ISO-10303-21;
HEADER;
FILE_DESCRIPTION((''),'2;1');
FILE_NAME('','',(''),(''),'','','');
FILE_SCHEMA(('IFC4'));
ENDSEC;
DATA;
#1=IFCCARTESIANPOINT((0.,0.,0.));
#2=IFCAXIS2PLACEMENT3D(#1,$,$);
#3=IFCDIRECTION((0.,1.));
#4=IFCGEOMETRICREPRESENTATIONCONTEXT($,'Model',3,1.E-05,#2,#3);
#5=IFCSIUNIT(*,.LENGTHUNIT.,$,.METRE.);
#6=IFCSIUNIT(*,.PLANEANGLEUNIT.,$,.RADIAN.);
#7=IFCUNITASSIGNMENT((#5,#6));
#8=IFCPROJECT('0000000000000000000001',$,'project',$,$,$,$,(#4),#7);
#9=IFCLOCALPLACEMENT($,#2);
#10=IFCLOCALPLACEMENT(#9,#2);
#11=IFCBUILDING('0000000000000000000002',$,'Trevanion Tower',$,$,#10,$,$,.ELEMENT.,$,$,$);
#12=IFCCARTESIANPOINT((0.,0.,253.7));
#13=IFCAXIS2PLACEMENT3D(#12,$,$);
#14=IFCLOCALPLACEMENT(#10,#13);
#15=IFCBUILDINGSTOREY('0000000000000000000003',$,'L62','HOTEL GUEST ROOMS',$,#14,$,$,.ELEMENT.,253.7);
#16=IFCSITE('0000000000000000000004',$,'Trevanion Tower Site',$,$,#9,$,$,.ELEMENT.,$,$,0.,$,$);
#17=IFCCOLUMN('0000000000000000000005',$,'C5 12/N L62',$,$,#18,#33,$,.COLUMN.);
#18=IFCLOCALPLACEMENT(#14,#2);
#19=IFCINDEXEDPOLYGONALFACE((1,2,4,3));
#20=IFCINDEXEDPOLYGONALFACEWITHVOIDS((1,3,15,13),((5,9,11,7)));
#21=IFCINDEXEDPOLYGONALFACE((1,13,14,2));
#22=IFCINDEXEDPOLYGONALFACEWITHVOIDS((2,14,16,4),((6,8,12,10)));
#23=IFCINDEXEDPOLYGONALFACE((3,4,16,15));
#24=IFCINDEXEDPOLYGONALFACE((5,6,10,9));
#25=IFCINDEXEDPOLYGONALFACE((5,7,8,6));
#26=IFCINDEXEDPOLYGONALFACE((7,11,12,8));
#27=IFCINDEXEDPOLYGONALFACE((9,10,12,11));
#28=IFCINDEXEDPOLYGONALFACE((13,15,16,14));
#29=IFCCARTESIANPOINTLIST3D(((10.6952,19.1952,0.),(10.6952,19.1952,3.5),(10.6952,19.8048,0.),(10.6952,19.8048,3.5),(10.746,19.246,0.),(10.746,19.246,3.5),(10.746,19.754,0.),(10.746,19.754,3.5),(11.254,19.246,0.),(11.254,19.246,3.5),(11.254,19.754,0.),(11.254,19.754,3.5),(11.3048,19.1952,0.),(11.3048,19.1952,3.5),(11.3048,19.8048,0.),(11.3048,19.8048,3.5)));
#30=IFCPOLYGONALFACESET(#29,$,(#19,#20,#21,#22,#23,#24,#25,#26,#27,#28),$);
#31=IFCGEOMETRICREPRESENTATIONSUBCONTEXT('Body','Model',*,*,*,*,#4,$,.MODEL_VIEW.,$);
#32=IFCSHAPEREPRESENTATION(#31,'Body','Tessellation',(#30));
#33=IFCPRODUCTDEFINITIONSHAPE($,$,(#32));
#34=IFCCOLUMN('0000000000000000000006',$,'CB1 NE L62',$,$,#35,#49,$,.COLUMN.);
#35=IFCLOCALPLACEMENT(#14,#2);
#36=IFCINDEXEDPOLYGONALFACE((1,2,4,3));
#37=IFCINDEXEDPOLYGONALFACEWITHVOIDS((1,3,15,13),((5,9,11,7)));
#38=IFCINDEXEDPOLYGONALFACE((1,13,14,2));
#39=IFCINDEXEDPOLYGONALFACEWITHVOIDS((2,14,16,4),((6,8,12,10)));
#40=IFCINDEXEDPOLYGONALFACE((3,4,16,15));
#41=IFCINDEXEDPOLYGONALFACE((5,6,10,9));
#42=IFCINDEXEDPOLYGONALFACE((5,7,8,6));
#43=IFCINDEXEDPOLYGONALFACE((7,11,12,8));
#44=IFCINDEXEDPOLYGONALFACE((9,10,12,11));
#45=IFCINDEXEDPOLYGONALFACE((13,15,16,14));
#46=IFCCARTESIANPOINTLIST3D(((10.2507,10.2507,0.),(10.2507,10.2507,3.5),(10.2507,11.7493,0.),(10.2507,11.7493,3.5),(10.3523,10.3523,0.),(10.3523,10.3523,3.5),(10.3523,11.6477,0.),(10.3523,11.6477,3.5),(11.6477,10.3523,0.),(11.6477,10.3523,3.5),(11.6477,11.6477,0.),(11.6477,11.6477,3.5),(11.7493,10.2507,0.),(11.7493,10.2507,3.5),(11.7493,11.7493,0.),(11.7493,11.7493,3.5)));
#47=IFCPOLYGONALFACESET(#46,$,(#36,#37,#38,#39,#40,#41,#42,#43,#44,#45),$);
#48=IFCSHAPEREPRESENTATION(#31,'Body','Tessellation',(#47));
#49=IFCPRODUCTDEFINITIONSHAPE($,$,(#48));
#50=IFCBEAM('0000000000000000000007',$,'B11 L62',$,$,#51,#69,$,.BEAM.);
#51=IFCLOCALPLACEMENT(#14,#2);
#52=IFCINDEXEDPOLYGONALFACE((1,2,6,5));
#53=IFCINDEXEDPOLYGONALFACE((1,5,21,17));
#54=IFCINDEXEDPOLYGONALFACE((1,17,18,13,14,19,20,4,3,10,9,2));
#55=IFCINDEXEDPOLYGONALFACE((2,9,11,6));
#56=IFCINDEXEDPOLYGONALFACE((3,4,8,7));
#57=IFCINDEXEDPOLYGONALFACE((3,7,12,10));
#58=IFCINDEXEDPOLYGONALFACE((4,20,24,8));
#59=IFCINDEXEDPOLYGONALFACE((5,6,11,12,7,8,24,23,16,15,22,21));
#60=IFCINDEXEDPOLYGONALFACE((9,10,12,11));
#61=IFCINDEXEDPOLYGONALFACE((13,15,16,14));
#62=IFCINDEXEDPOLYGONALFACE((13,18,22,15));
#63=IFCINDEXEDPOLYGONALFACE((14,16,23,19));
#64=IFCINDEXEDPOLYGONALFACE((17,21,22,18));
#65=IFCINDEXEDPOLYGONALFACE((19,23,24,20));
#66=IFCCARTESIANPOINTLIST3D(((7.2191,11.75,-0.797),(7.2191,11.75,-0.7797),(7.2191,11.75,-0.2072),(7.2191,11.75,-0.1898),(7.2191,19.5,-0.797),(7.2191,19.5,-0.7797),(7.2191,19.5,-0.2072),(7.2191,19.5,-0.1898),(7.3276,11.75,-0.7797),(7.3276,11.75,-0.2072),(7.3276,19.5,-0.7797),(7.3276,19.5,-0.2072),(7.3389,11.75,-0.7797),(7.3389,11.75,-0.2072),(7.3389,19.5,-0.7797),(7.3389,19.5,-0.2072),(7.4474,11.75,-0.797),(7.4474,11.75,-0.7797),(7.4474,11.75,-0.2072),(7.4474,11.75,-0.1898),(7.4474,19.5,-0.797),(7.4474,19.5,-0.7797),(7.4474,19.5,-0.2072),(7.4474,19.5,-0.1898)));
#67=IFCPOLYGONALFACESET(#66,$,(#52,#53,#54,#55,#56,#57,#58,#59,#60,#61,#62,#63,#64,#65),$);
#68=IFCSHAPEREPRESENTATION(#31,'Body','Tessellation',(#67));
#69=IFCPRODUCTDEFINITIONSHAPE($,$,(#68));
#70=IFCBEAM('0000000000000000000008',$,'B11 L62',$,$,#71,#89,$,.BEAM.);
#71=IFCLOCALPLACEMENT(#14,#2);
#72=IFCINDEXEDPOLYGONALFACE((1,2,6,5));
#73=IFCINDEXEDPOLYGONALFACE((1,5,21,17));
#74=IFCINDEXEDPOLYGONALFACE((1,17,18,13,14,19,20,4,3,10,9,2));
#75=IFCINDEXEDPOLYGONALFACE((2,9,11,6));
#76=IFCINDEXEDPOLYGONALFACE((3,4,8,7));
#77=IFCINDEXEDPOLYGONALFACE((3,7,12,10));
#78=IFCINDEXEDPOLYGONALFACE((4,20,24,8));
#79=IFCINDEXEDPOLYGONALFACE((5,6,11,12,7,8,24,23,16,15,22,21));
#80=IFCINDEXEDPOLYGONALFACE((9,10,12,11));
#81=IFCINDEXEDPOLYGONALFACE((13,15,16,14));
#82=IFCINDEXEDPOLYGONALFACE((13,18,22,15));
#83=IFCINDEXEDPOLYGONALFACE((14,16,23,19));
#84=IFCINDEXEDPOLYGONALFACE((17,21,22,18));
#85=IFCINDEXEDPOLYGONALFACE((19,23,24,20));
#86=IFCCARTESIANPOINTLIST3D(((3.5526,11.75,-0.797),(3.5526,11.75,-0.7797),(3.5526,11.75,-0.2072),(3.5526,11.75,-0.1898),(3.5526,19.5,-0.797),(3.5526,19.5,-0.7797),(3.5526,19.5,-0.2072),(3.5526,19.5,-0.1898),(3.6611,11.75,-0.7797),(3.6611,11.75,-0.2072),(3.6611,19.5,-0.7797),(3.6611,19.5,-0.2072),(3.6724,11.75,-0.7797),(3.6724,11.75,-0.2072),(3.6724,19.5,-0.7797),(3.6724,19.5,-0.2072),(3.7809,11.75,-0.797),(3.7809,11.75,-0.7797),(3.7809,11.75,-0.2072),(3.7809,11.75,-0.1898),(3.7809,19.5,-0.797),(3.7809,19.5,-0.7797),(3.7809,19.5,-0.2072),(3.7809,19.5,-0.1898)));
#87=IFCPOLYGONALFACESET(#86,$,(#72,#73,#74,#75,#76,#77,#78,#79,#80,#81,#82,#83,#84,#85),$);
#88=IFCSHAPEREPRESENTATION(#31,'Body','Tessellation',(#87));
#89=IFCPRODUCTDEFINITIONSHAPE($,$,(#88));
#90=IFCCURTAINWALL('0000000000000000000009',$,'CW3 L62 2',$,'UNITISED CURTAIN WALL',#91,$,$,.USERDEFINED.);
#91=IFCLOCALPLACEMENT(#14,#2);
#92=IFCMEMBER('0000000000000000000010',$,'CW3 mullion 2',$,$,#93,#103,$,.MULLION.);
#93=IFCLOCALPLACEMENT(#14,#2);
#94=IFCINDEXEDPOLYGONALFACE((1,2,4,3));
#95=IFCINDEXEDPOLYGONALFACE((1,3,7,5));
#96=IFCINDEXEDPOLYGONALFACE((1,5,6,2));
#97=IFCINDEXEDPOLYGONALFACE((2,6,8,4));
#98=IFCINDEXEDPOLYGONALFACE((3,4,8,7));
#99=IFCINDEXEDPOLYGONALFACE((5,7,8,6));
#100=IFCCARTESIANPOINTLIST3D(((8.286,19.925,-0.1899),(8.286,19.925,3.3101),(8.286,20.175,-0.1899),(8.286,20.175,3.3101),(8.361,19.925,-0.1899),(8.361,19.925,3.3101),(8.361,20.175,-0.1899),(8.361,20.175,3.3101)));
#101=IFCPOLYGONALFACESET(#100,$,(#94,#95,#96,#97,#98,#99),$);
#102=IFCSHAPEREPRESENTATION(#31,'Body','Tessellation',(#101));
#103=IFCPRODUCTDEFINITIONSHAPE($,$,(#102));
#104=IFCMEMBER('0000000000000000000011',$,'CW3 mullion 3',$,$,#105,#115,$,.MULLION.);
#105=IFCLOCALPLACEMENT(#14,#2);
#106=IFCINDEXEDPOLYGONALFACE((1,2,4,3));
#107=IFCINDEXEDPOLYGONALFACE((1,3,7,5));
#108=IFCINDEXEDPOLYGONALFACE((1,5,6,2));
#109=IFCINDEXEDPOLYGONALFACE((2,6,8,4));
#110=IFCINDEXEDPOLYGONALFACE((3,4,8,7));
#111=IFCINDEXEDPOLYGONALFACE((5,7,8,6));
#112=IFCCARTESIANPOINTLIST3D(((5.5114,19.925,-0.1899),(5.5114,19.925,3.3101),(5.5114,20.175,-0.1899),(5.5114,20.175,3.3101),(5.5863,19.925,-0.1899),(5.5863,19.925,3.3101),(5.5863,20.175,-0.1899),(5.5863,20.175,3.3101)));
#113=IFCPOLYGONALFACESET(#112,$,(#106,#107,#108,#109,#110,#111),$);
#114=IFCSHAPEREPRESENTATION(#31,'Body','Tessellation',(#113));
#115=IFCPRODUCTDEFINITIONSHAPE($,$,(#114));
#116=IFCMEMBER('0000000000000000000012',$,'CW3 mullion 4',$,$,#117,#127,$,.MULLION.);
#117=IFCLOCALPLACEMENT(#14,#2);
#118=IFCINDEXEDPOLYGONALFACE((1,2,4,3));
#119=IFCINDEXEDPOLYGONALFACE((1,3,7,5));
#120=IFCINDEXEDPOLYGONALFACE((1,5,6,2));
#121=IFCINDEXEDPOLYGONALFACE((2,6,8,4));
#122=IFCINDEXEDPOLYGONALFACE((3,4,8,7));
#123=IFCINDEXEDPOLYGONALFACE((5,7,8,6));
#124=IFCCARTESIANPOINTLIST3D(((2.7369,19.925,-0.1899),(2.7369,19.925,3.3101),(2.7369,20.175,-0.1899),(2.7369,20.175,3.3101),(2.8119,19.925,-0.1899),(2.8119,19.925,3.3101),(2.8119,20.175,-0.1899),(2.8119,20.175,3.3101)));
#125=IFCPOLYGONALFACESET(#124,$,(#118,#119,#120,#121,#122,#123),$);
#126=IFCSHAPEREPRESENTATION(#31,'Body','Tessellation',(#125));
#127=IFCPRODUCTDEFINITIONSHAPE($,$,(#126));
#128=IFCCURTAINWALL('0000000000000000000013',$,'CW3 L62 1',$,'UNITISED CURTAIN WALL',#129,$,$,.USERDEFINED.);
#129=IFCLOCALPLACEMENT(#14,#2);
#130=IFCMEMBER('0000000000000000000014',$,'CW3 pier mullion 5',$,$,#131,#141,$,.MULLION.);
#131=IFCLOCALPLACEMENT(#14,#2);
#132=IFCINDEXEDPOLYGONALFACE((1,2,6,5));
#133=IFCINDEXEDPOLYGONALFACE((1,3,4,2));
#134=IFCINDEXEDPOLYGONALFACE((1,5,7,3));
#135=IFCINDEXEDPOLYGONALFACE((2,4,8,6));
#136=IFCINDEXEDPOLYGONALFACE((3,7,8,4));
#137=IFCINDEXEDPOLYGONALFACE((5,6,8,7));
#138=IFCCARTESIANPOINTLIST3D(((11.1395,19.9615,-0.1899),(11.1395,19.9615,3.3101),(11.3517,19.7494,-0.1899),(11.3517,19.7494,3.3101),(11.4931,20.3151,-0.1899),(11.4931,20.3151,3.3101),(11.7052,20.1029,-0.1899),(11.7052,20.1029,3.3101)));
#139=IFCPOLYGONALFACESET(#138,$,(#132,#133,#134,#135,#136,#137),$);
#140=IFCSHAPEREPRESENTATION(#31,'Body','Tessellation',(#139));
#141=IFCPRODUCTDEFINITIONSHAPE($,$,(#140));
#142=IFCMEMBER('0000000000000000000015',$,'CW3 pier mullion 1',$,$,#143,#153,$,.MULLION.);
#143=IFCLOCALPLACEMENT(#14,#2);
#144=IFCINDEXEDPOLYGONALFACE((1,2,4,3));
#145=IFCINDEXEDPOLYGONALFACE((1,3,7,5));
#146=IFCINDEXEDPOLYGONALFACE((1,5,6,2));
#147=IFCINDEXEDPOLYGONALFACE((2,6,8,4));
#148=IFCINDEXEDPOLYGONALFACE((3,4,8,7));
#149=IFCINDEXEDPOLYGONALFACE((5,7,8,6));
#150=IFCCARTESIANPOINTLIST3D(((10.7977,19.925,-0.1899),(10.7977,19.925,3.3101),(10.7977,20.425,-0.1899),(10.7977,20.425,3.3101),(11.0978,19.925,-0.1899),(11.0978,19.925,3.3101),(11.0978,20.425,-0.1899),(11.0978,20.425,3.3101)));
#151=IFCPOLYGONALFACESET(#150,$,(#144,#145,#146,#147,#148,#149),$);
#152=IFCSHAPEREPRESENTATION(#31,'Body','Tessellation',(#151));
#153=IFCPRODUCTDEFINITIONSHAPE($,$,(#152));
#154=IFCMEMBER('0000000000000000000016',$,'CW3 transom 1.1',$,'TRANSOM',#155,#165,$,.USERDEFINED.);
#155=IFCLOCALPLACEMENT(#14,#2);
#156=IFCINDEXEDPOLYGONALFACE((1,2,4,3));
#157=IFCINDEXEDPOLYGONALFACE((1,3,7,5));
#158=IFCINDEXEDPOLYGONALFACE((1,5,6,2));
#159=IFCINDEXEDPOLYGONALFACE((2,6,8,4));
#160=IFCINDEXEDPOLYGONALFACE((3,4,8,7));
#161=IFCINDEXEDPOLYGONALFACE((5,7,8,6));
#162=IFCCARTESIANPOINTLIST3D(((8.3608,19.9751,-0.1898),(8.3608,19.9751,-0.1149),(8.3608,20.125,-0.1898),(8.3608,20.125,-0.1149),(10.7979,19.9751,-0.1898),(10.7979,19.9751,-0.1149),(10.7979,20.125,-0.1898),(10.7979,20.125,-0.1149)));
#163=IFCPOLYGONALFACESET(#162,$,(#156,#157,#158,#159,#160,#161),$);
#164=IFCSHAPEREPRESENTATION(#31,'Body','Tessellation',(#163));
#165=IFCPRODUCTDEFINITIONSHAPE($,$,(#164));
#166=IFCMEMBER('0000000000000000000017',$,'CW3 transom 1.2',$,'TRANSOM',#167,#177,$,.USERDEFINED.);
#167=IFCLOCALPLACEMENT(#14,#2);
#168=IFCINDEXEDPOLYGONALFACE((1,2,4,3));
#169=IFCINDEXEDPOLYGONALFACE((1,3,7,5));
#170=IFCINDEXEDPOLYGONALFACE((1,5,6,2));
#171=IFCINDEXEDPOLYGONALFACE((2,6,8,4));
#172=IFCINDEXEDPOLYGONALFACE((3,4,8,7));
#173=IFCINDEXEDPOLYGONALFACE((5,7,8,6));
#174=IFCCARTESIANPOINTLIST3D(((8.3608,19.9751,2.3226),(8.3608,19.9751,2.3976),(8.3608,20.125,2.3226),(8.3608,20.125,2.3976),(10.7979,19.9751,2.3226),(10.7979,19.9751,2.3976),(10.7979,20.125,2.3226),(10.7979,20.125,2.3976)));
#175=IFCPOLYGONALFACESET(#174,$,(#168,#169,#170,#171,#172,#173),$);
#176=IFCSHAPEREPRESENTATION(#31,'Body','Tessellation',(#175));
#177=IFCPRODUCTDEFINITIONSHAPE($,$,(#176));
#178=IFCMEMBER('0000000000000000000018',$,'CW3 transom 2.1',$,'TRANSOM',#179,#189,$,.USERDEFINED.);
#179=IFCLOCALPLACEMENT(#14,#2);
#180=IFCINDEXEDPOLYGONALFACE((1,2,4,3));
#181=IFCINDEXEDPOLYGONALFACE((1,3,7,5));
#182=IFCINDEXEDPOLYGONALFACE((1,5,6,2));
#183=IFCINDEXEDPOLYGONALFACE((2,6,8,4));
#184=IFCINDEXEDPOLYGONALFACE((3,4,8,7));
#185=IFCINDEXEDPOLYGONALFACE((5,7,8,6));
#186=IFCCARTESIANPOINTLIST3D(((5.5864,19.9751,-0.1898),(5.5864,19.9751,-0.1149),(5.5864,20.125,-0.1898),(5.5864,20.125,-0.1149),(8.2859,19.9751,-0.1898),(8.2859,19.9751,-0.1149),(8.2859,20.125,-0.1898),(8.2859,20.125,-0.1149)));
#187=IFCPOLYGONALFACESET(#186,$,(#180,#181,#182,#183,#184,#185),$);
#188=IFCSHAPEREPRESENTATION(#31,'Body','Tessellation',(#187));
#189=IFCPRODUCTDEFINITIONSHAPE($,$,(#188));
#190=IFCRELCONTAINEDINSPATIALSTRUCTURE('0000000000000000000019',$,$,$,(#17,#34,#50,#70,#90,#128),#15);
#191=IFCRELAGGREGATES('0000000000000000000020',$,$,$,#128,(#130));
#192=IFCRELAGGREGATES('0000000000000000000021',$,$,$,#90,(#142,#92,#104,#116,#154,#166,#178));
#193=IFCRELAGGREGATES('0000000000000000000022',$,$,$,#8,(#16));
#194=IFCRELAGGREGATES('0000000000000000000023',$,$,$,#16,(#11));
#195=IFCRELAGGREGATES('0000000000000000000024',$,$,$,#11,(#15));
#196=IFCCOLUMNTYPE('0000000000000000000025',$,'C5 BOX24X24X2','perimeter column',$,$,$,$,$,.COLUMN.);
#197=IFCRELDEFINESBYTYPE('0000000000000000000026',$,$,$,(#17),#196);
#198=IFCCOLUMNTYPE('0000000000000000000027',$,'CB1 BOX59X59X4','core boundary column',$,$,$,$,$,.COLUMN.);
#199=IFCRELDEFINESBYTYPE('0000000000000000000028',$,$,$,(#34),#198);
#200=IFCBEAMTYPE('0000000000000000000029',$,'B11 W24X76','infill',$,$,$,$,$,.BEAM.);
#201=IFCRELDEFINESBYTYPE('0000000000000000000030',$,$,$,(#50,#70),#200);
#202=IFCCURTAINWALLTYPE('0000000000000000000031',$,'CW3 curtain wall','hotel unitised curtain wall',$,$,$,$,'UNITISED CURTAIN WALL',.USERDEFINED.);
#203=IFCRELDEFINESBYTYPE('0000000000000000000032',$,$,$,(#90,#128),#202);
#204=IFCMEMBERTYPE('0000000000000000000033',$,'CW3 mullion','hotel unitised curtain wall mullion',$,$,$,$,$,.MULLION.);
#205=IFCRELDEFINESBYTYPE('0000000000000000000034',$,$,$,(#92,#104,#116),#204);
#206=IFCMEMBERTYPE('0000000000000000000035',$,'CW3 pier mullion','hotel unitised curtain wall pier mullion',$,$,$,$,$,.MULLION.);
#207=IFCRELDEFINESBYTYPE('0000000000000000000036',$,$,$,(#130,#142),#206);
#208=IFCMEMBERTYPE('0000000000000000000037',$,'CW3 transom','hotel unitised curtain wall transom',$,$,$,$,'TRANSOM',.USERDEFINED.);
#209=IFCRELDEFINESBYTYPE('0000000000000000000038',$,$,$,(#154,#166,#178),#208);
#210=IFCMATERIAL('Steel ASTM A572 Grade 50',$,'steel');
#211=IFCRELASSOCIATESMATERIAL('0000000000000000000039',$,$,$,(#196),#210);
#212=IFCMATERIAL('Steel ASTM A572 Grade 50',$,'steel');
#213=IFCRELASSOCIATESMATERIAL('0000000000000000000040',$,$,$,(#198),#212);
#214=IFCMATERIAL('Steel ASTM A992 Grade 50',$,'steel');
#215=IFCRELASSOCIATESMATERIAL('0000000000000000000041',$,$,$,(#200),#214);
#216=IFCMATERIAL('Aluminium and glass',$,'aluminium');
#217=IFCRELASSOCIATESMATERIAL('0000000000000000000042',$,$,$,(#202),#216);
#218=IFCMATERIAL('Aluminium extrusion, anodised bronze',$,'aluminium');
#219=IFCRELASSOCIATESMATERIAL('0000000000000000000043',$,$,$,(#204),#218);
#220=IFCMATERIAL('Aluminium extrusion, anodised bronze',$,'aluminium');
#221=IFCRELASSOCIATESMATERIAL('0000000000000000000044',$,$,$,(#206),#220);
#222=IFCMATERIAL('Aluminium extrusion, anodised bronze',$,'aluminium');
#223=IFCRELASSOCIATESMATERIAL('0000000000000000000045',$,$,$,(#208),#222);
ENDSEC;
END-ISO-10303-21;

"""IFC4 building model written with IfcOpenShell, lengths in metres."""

from ifc_helpers import new_model, si_unit, direction, frame, origin, origin_2d, place, context, subcontext, project, spatial, rectangle, hollow_rectangle, i_section, extrude, material, material_profile, profile_set, type_object, element, aggregate, save


model = new_model("IFC4")

# Units and contexts
model_context = context("Model", 3, precision=1e-05, world=origin(), true_north=direction((0.0, 1.0)))
body_context = subcontext(model_context, "Body", "Model", "MODEL_VIEW")
ifc_project = project(units=[si_unit("LENGTHUNIT", "METRE"), si_unit("PLANEANGLEUNIT", "RADIAN")], contexts=[model_context])

# Site, building, storey
site_placement = place(None, origin())
site = spatial("IfcSite", under=ifc_project, at=site_placement, Name="Trevanion Tower Site", CompositionType="ELEMENT", RefElevation=0.0)
building_placement = place(site_placement, origin())
building = spatial("IfcBuilding", under=site, at=building_placement, Name="Trevanion Tower", CompositionType="ELEMENT")
storey_placement = place(building_placement, frame((0.0, 0.0, 253.7)))
storey = spatial("IfcBuildingStorey", under=building, at=storey_placement, Name="L62", Description="HOTEL GUEST ROOMS", CompositionType="ELEMENT", Elevation=253.7)

# Columns
ifc_material_1 = material(Name="Steel ASTM A572 Grade 50", Category="steel")
ifc_material_profile_1 = material_profile(ifc_material_1, hollow_rectangle(XDim=0.6096, YDim=0.6096, WallThickness=0.0508, at=origin_2d()), Name="BOX24X24X2")
ifc_profile_set_1 = profile_set([ifc_material_profile_1], Name="Steel ASTM A572 Grade 50")
column_type_1 = type_object("IfcColumnType", Name="C5 BOX24X24X2", Description="perimeter column", PredefinedType="COLUMN", material=ifc_profile_set_1)
column_1_placement = place(storey_placement, frame((11.0, 19.5, 0.0), z_axis=(0.0, 0.0, 1.0), x_axis=(1.0, 0.0, 0.0)))
element("IfcColumn", 1, at=column_1_placement, inside=storey, type_object=column_type_1, Name="C5 12/N L62", PredefinedType="COLUMN", context=body_context, shape_type="SweptSolid", body=[
    extrude(hollow_rectangle(XDim=0.6096, YDim=0.6096, WallThickness=0.0508, at=origin_2d()), origin(), (0.0, 0.0, 1.0), 3.5),
])
ifc_material_2 = material(Name="Steel ASTM A572 Grade 50", Category="steel")
ifc_material_profile_2 = material_profile(ifc_material_2, hollow_rectangle(XDim=1.4985, YDim=1.4985, WallThickness=0.1016, at=origin_2d()), Name="BOX59X59X4")
ifc_profile_set_2 = profile_set([ifc_material_profile_2], Name="Steel ASTM A572 Grade 50")
column_type_2 = type_object("IfcColumnType", Name="CB1 BOX59X59X4", Description="core boundary column", PredefinedType="COLUMN", material=ifc_profile_set_2)
column_2_placement = place(storey_placement, frame((11.0, 11.0, 0.0), z_axis=(0.0, 0.0, 1.0), x_axis=(1.0, 0.0, 0.0)))
element("IfcColumn", 2, at=column_2_placement, inside=storey, type_object=column_type_2, Name="CB1 NE L62", PredefinedType="COLUMN", context=body_context, shape_type="SweptSolid", body=[
    extrude(hollow_rectangle(XDim=1.4985, YDim=1.4985, WallThickness=0.1016, at=origin_2d()), origin(), (0.0, 0.0, 1.0), 3.5),
])

# Beams
ifc_material_3 = material(Name="Steel ASTM A992 Grade 50", Category="steel")
ifc_material_profile_3 = material_profile(ifc_material_3, i_section(OverallWidth=0.2283, OverallDepth=0.6072, WebThickness=0.0112, FlangeThickness=0.0173, at=origin_2d()), Name="W24X76")
ifc_profile_set_3 = profile_set([ifc_material_profile_3], Name="Steel ASTM A992 Grade 50")
beam_type_1 = type_object("IfcBeamType", Name="B11 W24X76", Description="infill", PredefinedType="BEAM", material=ifc_profile_set_3)
for number, where, z_axis, x_axis, name in (
    (3, (7.3333, 11.75, -0.4934), (0.0, 1.0, 0.0), (-1.0, 0.0, 0.0), "B11 L62"),
    (4, (3.6667, 11.75, -0.4934), (0.0, 1.0, 0.0), (-1.0, 0.0, 0.0), "B11 L62"),
):
    element("IfcBeam", number, at=place(storey_placement, frame(where, z_axis=z_axis, x_axis=x_axis)), inside=storey, type_object=beam_type_1, Name=name, PredefinedType="BEAM", context=body_context, shape_type="SweptSolid", body=[
        extrude(i_section(OverallWidth=0.2283, OverallDepth=0.6072, WebThickness=0.0112, FlangeThickness=0.0173, at=origin_2d()), origin(), (0.0, 0.0, 1.0), 7.75),
    ])

# Curtain wall, members
ifc_material_4 = material(Name="Aluminium and glass", Category="aluminium")
curtain_wall_type = type_object("IfcCurtainWallType", Name="CW3 curtain wall", Description="hotel unitised curtain wall", ElementType="UNITISED CURTAIN WALL", PredefinedType="USERDEFINED", material=ifc_material_4)
curtain_wall_1_placement = place(storey_placement, origin())
curtain_wall_1 = element("IfcCurtainWall", 5, at=curtain_wall_1_placement, inside=storey, type_object=curtain_wall_type, Name="CW3 L62 2", ObjectType="UNITISED CURTAIN WALL", PredefinedType="USERDEFINED")
ifc_material_5 = material(Name="Aluminium extrusion, anodised bronze", Category="aluminium")
ifc_material_profile_4 = material_profile(ifc_material_5, rectangle(XDim=0.075, YDim=0.25, at=origin_2d()), Name="CW3 mullion")
ifc_profile_set_4 = profile_set([ifc_material_profile_4], Name="Aluminium extrusion, anodised bronze")
member_type_1 = type_object("IfcMemberType", Name="CW3 mullion", Description="hotel unitised curtain wall mullion", PredefinedType="MULLION", material=ifc_profile_set_4)
member_1_placement = place(storey_placement, frame((8.3235, 20.05, -0.1899), z_axis=(0.0, 0.0, 1.0), x_axis=(-1.0, 0.0, 0.0)))
member_1 = element("IfcMember", 6, at=member_1_placement, type_object=member_type_1, Name="CW3 mullion 2", PredefinedType="MULLION", context=body_context, shape_type="SweptSolid", body=[
    extrude(rectangle(XDim=0.075, YDim=0.25, at=origin_2d()), origin(), (0.0, 0.0, 1.0), 3.5),
])
member_2_placement = place(storey_placement, frame((5.5488, 20.05, -0.1899), z_axis=(0.0, 0.0, 1.0), x_axis=(-1.0, 0.0, 0.0)))
member_2 = element("IfcMember", 7, at=member_2_placement, type_object=member_type_1, Name="CW3 mullion 3", PredefinedType="MULLION", context=body_context, shape_type="SweptSolid", body=[
    extrude(rectangle(XDim=0.075, YDim=0.25, at=origin_2d()), origin(), (0.0, 0.0, 1.0), 3.5),
])
member_3_placement = place(storey_placement, frame((2.7744, 20.05, -0.1899), z_axis=(0.0, 0.0, 1.0), x_axis=(-1.0, 0.0, 0.0)))
member_3 = element("IfcMember", 8, at=member_3_placement, type_object=member_type_1, Name="CW3 mullion 4", PredefinedType="MULLION", context=body_context, shape_type="SweptSolid", body=[
    extrude(rectangle(XDim=0.075, YDim=0.25, at=origin_2d()), origin(), (0.0, 0.0, 1.0), 3.5),
])

# Curtain wall, member
curtain_wall_2_placement = place(storey_placement, origin())
curtain_wall_2 = element("IfcCurtainWall", 9, at=curtain_wall_2_placement, inside=storey, type_object=curtain_wall_type, Name="CW3 L62 1", ObjectType="UNITISED CURTAIN WALL", PredefinedType="USERDEFINED")
ifc_material_6 = material(Name="Aluminium extrusion, anodised bronze", Category="aluminium")
ifc_material_profile_5 = material_profile(ifc_material_6, rectangle(XDim=0.3, YDim=0.5, at=origin_2d()), Name="CW3 pier mullion")
ifc_profile_set_5 = profile_set([ifc_material_profile_5], Name="Aluminium extrusion, anodised bronze")
member_type_2 = type_object("IfcMemberType", Name="CW3 pier mullion", Description="hotel unitised curtain wall pier mullion", PredefinedType="MULLION", material=ifc_profile_set_5)
member_4_placement = place(storey_placement, frame((11.4224, 20.0322, -0.1899), z_axis=(0.0, 0.0, 1.0), x_axis=(-0.707107, 0.707107, 0.0)))
member_4 = element("IfcMember", 10, at=member_4_placement, type_object=member_type_2, Name="CW3 pier mullion 5", PredefinedType="MULLION", context=body_context, shape_type="SweptSolid", body=[
    extrude(rectangle(XDim=0.3, YDim=0.5, at=origin_2d()), origin(), (0.0, 0.0, 1.0), 3.5),
])
aggregate(curtain_wall_2, [member_4])

# Members
member_5_placement = place(storey_placement, frame((10.9478, 20.175, -0.1899), z_axis=(0.0, 0.0, 1.0), x_axis=(-1.0, 0.0, 0.0)))
member_5 = element("IfcMember", 11, at=member_5_placement, type_object=member_type_2, Name="CW3 pier mullion 1", PredefinedType="MULLION", context=body_context, shape_type="SweptSolid", body=[
    extrude(rectangle(XDim=0.3, YDim=0.5, at=origin_2d()), origin(), (0.0, 0.0, 1.0), 3.5),
])
ifc_material_7 = material(Name="Aluminium extrusion, anodised bronze", Category="aluminium")
ifc_material_profile_6 = material_profile(ifc_material_7, rectangle(XDim=0.1499, YDim=0.075, at=origin_2d()), Name="CW3 transom")
ifc_profile_set_6 = profile_set([ifc_material_profile_6], Name="Aluminium extrusion, anodised bronze")
member_type_3 = type_object("IfcMemberType", Name="CW3 transom", Description="hotel unitised curtain wall transom", ElementType="TRANSOM", PredefinedType="USERDEFINED", material=ifc_profile_set_6)
member_6_placement = place(storey_placement, frame((10.7979, 20.05, -0.1523), z_axis=(-1.0, 0.0, 0.0), x_axis=(0.0, -1.0, 0.0)))
member_6 = element("IfcMember", 12, at=member_6_placement, type_object=member_type_3, Name="CW3 transom 1.1", ObjectType="TRANSOM", PredefinedType="USERDEFINED", context=body_context, shape_type="SweptSolid", body=[
    extrude(rectangle(XDim=0.1499, YDim=0.075, at=origin_2d()), origin(), (0.0, 0.0, 1.0), 2.437),
])
member_7_placement = place(storey_placement, frame((10.7979, 20.05, 2.3601), z_axis=(-1.0, 0.0, 0.0), x_axis=(0.0, -1.0, 0.0)))
member_7 = element("IfcMember", 13, at=member_7_placement, type_object=member_type_3, Name="CW3 transom 1.2", ObjectType="TRANSOM", PredefinedType="USERDEFINED", context=body_context, shape_type="SweptSolid", body=[
    extrude(rectangle(XDim=0.1499, YDim=0.075, at=origin_2d()), origin(), (0.0, 0.0, 1.0), 2.437),
])
member_8_placement = place(storey_placement, frame((8.2859, 20.05, -0.1523), z_axis=(-1.0, 0.0, 0.0), x_axis=(0.0, -1.0, 0.0)))
member_8 = element("IfcMember", 14, at=member_8_placement, type_object=member_type_3, Name="CW3 transom 2.1", ObjectType="TRANSOM", PredefinedType="USERDEFINED", context=body_context, shape_type="SweptSolid", body=[
    extrude(rectangle(XDim=0.1499, YDim=0.075, at=origin_2d()), origin(), (0.0, 0.0, 1.0), 2.6995),
])

aggregate(curtain_wall_1, [member_5, member_1, member_2, member_3, member_6, member_7, member_8])

save(model, "model.ifc")
